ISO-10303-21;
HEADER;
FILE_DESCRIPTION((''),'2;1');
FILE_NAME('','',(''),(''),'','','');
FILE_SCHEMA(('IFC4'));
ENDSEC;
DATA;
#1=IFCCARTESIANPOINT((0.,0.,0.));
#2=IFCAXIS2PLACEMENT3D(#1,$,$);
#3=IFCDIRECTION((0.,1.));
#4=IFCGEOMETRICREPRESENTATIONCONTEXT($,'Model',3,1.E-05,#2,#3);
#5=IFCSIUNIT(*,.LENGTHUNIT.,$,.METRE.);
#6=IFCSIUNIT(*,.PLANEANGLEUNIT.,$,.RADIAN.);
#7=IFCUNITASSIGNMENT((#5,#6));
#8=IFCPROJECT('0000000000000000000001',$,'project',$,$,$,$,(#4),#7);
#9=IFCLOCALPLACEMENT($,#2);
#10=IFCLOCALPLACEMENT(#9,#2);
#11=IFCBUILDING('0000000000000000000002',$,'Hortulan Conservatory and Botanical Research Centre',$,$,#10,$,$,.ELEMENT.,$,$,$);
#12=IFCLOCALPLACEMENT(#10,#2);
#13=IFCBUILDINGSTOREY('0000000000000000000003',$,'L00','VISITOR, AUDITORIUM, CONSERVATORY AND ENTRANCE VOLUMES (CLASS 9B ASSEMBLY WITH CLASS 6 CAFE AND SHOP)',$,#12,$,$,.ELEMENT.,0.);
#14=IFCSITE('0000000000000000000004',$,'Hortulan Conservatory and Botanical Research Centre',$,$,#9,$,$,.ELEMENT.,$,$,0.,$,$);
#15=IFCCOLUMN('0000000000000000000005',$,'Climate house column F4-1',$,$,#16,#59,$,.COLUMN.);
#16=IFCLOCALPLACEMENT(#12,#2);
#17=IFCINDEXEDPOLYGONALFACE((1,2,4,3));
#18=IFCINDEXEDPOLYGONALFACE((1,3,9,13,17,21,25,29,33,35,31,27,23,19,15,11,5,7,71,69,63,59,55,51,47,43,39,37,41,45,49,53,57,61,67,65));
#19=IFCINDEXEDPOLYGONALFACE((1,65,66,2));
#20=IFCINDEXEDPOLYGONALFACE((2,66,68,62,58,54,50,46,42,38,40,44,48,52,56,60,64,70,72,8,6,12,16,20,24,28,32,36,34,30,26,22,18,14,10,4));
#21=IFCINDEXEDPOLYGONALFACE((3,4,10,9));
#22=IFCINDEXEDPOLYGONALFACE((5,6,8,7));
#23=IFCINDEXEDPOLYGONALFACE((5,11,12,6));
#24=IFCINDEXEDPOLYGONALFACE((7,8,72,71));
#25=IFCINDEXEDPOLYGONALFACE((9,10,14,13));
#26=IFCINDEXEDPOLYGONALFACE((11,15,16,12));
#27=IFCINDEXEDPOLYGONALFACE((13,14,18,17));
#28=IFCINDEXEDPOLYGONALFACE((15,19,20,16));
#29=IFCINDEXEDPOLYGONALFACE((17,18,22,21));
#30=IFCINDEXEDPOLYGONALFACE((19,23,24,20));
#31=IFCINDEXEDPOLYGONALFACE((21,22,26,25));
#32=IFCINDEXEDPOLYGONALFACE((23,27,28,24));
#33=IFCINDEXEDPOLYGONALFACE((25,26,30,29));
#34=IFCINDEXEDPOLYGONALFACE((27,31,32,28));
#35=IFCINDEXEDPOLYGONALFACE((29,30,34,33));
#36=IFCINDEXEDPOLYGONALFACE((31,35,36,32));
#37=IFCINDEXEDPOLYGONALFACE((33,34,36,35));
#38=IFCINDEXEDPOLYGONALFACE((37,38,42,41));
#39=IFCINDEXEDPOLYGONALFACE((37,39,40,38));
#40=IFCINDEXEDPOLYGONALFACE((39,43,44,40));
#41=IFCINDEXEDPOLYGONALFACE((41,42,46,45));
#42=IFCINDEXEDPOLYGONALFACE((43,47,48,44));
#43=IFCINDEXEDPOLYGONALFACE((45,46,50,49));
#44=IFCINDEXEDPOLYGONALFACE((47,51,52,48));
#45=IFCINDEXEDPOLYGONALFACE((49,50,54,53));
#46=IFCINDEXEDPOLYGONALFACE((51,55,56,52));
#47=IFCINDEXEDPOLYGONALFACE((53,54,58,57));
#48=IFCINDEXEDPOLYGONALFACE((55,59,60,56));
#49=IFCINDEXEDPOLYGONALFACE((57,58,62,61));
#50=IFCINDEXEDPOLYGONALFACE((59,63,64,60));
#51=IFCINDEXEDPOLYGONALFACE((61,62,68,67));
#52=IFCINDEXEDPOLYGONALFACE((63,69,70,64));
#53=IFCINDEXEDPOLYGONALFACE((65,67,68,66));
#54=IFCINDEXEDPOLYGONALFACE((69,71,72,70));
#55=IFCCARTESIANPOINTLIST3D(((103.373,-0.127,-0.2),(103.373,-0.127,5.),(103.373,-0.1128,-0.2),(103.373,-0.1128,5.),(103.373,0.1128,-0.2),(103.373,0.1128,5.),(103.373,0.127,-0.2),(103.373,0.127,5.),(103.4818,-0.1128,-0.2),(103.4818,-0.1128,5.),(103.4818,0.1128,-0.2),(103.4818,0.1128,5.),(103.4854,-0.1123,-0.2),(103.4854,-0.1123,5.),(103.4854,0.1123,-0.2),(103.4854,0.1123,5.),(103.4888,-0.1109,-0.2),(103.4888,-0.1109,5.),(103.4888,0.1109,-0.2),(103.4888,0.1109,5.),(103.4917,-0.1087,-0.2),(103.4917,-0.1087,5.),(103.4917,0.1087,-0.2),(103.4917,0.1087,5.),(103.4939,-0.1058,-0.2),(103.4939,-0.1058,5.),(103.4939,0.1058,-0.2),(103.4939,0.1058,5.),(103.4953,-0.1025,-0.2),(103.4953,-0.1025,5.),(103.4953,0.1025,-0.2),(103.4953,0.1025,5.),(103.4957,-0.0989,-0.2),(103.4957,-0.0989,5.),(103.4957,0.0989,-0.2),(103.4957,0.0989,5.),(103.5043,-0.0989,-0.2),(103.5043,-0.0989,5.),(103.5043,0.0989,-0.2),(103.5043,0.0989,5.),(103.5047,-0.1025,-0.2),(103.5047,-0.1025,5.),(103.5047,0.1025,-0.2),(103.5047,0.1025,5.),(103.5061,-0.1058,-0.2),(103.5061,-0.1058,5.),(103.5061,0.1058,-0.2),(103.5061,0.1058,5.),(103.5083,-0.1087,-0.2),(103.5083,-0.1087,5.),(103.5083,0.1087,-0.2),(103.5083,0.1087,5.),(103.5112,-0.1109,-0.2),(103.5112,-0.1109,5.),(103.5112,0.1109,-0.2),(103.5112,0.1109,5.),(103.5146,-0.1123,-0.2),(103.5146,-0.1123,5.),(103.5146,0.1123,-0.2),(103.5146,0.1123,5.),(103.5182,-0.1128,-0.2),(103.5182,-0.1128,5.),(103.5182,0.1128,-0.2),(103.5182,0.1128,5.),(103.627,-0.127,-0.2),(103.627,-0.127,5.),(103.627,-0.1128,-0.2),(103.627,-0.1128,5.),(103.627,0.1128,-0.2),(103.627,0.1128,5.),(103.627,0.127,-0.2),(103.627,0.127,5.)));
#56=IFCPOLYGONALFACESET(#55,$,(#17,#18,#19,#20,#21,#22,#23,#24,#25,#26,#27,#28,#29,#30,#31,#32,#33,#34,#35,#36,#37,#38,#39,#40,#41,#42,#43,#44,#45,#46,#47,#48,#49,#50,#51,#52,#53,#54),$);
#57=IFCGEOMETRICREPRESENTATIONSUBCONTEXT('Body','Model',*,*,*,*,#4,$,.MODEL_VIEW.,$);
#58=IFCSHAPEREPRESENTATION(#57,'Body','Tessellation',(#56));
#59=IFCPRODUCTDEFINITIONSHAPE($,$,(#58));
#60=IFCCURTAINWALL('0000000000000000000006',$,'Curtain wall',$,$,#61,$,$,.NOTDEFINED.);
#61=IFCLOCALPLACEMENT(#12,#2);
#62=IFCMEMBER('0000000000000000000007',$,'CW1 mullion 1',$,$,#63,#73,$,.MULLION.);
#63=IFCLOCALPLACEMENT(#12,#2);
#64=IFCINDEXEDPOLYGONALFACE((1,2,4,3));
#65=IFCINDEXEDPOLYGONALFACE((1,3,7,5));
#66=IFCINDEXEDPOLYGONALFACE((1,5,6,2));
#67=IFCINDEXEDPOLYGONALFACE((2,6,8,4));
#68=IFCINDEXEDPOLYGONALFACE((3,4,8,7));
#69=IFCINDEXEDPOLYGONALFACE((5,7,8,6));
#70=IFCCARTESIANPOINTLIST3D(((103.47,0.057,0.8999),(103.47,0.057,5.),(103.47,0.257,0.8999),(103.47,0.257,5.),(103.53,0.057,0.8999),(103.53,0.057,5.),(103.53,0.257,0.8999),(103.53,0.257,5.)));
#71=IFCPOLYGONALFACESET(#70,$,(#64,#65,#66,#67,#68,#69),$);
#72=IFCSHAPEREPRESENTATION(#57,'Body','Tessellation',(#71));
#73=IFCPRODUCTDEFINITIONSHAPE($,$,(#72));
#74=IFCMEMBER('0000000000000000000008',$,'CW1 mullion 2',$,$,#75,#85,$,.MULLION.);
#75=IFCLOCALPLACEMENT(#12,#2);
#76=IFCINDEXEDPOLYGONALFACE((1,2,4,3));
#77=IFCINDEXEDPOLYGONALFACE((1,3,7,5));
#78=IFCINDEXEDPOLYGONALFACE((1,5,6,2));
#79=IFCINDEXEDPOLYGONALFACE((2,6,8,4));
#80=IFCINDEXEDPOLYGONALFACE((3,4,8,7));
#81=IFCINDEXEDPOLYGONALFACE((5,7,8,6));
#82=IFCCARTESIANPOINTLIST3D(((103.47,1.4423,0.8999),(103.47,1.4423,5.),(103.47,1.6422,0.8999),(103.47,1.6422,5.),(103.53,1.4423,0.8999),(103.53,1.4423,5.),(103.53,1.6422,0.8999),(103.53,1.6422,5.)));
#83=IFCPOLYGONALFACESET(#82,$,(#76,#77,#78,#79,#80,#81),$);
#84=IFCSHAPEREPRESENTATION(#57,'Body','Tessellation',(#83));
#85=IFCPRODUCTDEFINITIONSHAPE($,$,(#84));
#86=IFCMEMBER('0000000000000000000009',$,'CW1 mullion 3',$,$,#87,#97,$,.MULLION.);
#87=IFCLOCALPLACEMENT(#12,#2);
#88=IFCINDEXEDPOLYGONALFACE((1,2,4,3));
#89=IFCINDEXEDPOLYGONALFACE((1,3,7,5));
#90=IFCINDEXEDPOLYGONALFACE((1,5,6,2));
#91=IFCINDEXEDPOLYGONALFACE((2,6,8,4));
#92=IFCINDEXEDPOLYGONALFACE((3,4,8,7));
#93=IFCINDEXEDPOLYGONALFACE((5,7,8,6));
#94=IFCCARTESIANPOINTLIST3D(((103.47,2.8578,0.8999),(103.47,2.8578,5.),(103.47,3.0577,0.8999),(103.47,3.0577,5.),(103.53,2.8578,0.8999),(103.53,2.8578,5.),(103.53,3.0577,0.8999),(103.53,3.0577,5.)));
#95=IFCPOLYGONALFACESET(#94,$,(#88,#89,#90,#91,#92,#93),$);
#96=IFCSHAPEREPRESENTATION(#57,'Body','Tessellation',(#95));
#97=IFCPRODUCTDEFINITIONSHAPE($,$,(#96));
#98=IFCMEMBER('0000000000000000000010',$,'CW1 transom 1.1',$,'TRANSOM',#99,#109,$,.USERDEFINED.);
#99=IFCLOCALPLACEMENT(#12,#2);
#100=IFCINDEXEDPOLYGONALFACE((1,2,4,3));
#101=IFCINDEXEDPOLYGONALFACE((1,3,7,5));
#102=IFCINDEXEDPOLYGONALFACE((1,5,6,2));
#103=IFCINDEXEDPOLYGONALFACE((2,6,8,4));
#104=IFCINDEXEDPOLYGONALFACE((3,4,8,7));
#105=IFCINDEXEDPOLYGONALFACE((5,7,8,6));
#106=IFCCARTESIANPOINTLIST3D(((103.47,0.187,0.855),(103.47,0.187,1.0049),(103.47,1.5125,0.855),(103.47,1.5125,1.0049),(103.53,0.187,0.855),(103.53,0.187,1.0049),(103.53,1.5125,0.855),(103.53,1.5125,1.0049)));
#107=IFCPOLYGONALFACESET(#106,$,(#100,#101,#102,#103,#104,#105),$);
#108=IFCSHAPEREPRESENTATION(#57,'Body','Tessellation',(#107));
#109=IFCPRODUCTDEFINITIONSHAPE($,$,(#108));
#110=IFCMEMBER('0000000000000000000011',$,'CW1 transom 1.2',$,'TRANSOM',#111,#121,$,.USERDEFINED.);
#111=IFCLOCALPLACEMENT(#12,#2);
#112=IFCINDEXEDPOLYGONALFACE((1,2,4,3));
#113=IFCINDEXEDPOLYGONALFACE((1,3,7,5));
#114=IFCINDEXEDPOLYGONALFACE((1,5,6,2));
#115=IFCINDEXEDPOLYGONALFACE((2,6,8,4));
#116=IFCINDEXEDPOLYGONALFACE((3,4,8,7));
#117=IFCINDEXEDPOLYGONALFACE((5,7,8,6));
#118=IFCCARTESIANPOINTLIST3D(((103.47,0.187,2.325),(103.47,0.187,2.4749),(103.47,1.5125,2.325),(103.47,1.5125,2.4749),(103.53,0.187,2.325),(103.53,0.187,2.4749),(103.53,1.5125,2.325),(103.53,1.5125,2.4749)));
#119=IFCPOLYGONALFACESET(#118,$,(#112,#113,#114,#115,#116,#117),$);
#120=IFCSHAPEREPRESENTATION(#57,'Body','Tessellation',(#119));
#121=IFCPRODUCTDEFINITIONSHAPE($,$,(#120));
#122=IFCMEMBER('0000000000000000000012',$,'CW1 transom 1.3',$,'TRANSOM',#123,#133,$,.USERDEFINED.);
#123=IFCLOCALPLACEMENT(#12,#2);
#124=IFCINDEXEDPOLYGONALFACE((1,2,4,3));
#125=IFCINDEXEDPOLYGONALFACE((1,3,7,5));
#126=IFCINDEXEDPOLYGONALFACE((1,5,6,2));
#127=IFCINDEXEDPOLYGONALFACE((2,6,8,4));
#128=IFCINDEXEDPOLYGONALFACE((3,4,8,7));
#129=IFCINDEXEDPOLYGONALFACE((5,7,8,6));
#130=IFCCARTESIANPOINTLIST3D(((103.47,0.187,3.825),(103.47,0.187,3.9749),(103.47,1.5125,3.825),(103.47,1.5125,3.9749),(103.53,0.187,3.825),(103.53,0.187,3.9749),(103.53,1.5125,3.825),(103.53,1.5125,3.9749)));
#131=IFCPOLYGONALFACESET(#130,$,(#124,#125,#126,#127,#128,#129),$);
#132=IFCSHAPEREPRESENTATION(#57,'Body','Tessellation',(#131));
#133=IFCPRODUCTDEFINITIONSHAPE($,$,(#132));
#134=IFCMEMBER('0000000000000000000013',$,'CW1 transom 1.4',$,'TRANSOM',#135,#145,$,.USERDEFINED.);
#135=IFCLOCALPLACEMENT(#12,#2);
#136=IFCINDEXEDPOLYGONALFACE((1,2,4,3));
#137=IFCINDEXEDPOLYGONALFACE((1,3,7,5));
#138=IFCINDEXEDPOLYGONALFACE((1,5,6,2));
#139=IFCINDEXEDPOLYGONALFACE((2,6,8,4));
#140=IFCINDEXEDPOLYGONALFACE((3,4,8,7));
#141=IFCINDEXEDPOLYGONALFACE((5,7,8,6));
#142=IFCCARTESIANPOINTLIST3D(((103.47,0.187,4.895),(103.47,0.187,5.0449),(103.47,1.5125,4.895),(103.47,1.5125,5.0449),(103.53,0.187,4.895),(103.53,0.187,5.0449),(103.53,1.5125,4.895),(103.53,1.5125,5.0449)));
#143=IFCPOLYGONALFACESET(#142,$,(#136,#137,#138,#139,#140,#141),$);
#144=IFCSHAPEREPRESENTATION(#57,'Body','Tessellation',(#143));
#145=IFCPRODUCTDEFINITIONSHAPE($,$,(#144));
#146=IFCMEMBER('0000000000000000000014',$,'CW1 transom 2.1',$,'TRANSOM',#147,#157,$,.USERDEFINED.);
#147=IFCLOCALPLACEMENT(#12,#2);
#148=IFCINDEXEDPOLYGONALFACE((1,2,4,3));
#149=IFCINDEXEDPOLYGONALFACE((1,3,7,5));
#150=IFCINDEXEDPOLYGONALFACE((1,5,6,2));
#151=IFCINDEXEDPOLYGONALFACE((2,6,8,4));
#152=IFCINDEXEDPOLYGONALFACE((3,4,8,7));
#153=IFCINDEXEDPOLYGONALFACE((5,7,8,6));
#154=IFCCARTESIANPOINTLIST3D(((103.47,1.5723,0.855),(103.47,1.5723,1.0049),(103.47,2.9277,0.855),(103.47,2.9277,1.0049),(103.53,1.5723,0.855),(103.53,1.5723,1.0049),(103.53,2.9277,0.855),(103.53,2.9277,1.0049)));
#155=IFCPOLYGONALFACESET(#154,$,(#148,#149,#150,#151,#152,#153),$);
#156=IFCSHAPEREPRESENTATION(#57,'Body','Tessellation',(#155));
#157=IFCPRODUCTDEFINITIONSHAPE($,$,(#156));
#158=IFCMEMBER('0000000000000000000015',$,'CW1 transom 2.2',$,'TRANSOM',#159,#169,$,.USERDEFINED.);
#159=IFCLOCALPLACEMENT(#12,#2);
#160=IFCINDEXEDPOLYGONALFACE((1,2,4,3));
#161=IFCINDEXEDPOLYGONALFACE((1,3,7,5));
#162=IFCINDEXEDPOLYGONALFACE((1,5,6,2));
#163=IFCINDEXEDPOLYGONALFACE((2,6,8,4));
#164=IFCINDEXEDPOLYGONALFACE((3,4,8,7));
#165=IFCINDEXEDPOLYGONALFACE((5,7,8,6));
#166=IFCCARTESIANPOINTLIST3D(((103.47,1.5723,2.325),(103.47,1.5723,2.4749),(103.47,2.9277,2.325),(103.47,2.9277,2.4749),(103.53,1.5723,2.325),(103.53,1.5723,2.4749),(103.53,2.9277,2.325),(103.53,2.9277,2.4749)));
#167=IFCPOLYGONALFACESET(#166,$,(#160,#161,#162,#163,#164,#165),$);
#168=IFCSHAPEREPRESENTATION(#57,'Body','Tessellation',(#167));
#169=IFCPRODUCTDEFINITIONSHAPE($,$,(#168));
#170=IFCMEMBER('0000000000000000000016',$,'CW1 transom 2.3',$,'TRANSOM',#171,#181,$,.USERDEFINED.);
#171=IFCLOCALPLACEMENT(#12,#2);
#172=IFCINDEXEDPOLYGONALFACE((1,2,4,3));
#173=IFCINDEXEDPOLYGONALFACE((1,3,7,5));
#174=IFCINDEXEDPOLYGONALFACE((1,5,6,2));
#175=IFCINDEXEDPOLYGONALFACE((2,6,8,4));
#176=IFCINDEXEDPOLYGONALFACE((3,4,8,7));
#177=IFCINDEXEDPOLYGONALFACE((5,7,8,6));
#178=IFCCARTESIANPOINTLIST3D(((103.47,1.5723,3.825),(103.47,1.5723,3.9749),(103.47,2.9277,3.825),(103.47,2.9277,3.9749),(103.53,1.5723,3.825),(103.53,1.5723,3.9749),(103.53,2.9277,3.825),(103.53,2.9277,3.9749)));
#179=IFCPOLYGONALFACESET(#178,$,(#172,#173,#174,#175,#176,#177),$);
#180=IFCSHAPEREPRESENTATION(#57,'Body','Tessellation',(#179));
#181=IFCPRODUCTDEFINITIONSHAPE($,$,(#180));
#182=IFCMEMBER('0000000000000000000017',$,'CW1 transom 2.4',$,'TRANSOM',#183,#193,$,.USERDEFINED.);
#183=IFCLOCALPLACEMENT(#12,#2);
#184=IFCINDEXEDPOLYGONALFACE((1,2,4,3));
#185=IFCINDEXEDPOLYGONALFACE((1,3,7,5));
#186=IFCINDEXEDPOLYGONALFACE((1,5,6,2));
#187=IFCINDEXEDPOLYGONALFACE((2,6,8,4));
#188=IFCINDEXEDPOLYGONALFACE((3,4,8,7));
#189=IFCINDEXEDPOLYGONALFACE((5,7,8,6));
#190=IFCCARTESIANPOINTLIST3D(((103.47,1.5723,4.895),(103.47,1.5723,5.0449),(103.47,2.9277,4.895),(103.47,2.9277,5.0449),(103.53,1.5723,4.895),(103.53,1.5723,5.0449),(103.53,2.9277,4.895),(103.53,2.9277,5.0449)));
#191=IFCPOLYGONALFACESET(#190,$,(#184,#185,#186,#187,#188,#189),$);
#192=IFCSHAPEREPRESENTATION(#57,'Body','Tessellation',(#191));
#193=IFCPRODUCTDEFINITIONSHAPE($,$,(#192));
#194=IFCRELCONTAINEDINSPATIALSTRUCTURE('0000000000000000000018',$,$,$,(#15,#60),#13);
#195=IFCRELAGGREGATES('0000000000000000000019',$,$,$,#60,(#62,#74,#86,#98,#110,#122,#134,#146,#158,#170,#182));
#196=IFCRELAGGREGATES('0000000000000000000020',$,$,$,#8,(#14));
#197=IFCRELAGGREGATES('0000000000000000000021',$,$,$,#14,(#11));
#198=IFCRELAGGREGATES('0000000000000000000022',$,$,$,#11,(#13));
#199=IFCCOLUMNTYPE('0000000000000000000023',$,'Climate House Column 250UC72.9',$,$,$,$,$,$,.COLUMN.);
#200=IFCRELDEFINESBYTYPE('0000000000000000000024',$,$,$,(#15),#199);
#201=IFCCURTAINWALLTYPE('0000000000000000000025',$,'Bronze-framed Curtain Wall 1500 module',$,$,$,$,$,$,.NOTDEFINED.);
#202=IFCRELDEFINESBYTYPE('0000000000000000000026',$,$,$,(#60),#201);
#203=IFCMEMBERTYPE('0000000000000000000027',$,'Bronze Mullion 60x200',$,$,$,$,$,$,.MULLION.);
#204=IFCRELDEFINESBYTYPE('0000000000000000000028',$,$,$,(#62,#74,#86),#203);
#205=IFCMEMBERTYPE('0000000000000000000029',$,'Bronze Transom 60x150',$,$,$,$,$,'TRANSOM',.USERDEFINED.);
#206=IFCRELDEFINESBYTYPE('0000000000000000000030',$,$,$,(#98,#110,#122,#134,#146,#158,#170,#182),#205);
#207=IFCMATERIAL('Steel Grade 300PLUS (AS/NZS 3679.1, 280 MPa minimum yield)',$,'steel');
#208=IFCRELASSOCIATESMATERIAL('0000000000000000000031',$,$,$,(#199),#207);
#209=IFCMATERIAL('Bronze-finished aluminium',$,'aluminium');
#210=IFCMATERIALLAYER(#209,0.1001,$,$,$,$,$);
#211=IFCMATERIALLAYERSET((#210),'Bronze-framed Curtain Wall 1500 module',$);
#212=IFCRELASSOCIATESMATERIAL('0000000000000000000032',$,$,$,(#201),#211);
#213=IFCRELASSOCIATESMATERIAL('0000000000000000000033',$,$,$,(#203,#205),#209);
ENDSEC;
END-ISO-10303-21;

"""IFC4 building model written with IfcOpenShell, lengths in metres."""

from ifc_helpers import new_model, si_unit, direction, frame, origin, origin_2d, place, context, subcontext, project, spatial, rectangle, i_section, extrude, material, layer, layer_set, material_profile, profile_set, type_object, element, aggregate, save


model = new_model("IFC4")

# Units and contexts
model_context = context("Model", 3, precision=1e-05, world=origin(), true_north=direction((0.0, 1.0)))
body_context = subcontext(model_context, "Body", "Model", "MODEL_VIEW")
ifc_project = project(units=[si_unit("LENGTHUNIT", "METRE"), si_unit("PLANEANGLEUNIT", "RADIAN")], contexts=[model_context])

# Site, building, storey
site_placement = place(None, origin())
site = spatial("IfcSite", under=ifc_project, at=site_placement, Name="Hortulan Conservatory and Botanical Research Centre", CompositionType="ELEMENT", RefElevation=0.0)
building_placement = place(site_placement, origin())
building = spatial("IfcBuilding", under=site, at=building_placement, Name="Hortulan Conservatory and Botanical Research Centre", CompositionType="ELEMENT")
storey_placement = place(building_placement, origin())
storey = spatial("IfcBuildingStorey", under=building, at=storey_placement, Name="L00", Description="VISITOR, AUDITORIUM, CONSERVATORY AND ENTRANCE VOLUMES (CLASS 9B ASSEMBLY WITH CLASS 6 CAFE AND SHOP)", CompositionType="ELEMENT", Elevation=0.0)

# Column
ifc_material_1 = material(Name="Steel Grade 300PLUS (AS/NZS 3679.1, 280 MPa minimum yield)", Category="steel")
ifc_material_profile_1 = material_profile(ifc_material_1, i_section(OverallWidth=0.2539, OverallDepth=0.2539, WebThickness=0.0085, FlangeThickness=0.0142, FilletRadius=0.0139, at=origin_2d()), Name="250UC72.9")
ifc_profile_set_1 = profile_set([ifc_material_profile_1], Name="Steel Grade 300PLUS (AS/NZS 3679.1, 280 MPa minimum yield)")
column_type = type_object("IfcColumnType", Name="Climate House Column 250UC72.9", PredefinedType="COLUMN", material=ifc_profile_set_1)
column_placement = place(storey_placement, frame((103.5, 0.0, -0.2), z_axis=(0.0, 0.0, 1.0), x_axis=(1.0, 0.0, 0.0)))
element("IfcColumn", 1, at=column_placement, inside=storey, type_object=column_type, Name="Climate house column F4-1", PredefinedType="COLUMN", context=body_context, shape_type="SweptSolid", body=[
    extrude(i_section(OverallWidth=0.2539, OverallDepth=0.2539, WebThickness=0.0085, FlangeThickness=0.0142, FilletRadius=0.0139, at=origin_2d()), origin(), (0.0, 0.0, 1.0), 5.2),
])

# Curtain wall, members
ifc_material_2 = material(Name="Bronze-finished aluminium", Category="aluminium")
ifc_layer_1 = layer(ifc_material_2, 0.1001)
ifc_layer_set_1 = layer_set([ifc_layer_1], Name="Bronze-framed Curtain Wall 1500 module")
curtain_wall_type = type_object("IfcCurtainWallType", Name="Bronze-framed Curtain Wall 1500 module", PredefinedType="NOTDEFINED", material=ifc_layer_set_1)
curtain_wall_placement = place(storey_placement, origin())
curtain_wall = element("IfcCurtainWall", 2, at=curtain_wall_placement, inside=storey, type_object=curtain_wall_type, Name="Curtain wall", PredefinedType="NOTDEFINED")
ifc_material_profile_2 = material_profile(ifc_material_2, rectangle(XDim=0.0601, YDim=0.2, at=origin_2d()), Name="Bronze Mullion 60x200")
ifc_profile_set_2 = profile_set([ifc_material_profile_2], Name="Bronze-finished aluminium")
member_type_1 = type_object("IfcMemberType", Name="Bronze Mullion 60x200", PredefinedType="MULLION", material=ifc_profile_set_2)
member_1_placement = place(storey_placement, frame((103.5, 0.157, 0.8999), z_axis=(0.0, 0.0, 1.0), x_axis=(-1.0, 0.0, 0.0)))
member_1 = element("IfcMember", 3, at=member_1_placement, type_object=member_type_1, Name="CW1 mullion 1", PredefinedType="MULLION", context=body_context, shape_type="SweptSolid", body=[
    extrude(rectangle(XDim=0.0601, YDim=0.2, at=origin_2d()), origin(), (0.0, 0.0, 1.0), 4.1001),
])
member_2_placement = place(storey_placement, frame((103.5, 1.5422, 0.8999), z_axis=(0.0, 0.0, 1.0), x_axis=(-1.0, 0.0, 0.0)))
member_2 = element("IfcMember", 4, at=member_2_placement, type_object=member_type_1, Name="CW1 mullion 2", PredefinedType="MULLION", context=body_context, shape_type="SweptSolid", body=[
    extrude(rectangle(XDim=0.0601, YDim=0.2, at=origin_2d()), origin(), (0.0, 0.0, 1.0), 4.1001),
])
member_3_placement = place(storey_placement, frame((103.5, 2.9578, 0.8999), z_axis=(0.0, 0.0, 1.0), x_axis=(-1.0, 0.0, 0.0)))
member_3 = element("IfcMember", 5, at=member_3_placement, type_object=member_type_1, Name="CW1 mullion 3", PredefinedType="MULLION", context=body_context, shape_type="SweptSolid", body=[
    extrude(rectangle(XDim=0.0601, YDim=0.2, at=origin_2d()), origin(), (0.0, 0.0, 1.0), 4.1001),
])
ifc_material_profile_3 = material_profile(ifc_material_2, rectangle(XDim=0.0601, YDim=0.1499, at=origin_2d()), Name="Bronze Transom 60x150")
ifc_profile_set_3 = profile_set([ifc_material_profile_3], Name="Bronze-finished aluminium")
member_type_2 = type_object("IfcMemberType", Name="Bronze Transom 60x150", ElementType="TRANSOM", PredefinedType="USERDEFINED", material=ifc_profile_set_3)
member_4_placement = place(storey_placement, frame((103.5, 0.187, 0.9299), z_axis=(0.0, 1.0, 0.0), x_axis=(-1.0, 0.0, 0.0)))
member_4 = element("IfcMember", 6, at=member_4_placement, type_object=member_type_2, Name="CW1 transom 1.1", ObjectType="TRANSOM", PredefinedType="USERDEFINED", context=body_context, shape_type="SweptSolid", body=[
    extrude(rectangle(XDim=0.0601, YDim=0.1499, at=origin_2d()), origin(), (0.0, 0.0, 1.0), 1.3254),
])
member_5_placement = place(storey_placement, frame((103.5, 0.187, 2.3999), z_axis=(0.0, 1.0, 0.0), x_axis=(-1.0, 0.0, 0.0)))
member_5 = element("IfcMember", 7, at=member_5_placement, type_object=member_type_2, Name="CW1 transom 1.2", ObjectType="TRANSOM", PredefinedType="USERDEFINED", context=body_context, shape_type="SweptSolid", body=[
    extrude(rectangle(XDim=0.0601, YDim=0.1499, at=origin_2d()), origin(), (0.0, 0.0, 1.0), 1.3254),
])
member_6_placement = place(storey_placement, frame((103.5, 0.187, 3.8999), z_axis=(0.0, 1.0, 0.0), x_axis=(-1.0, 0.0, 0.0)))
member_6 = element("IfcMember", 8, at=member_6_placement, type_object=member_type_2, Name="CW1 transom 1.3", ObjectType="TRANSOM", PredefinedType="USERDEFINED", context=body_context, shape_type="SweptSolid", body=[
    extrude(rectangle(XDim=0.0601, YDim=0.1499, at=origin_2d()), origin(), (0.0, 0.0, 1.0), 1.3254),
])
member_7_placement = place(storey_placement, frame((103.5, 0.187, 4.97), z_axis=(0.0, 1.0, 0.0), x_axis=(-1.0, 0.0, 0.0)))
member_7 = element("IfcMember", 9, at=member_7_placement, type_object=member_type_2, Name="CW1 transom 1.4", ObjectType="TRANSOM", PredefinedType="USERDEFINED", context=body_context, shape_type="SweptSolid", body=[
    extrude(rectangle(XDim=0.0601, YDim=0.1499, at=origin_2d()), origin(), (0.0, 0.0, 1.0), 1.3254),
])
member_8_placement = place(storey_placement, frame((103.5, 1.5723, 0.9299), z_axis=(0.0, 1.0, 0.0), x_axis=(-1.0, 0.0, 0.0)))
member_8 = element("IfcMember", 10, at=member_8_placement, type_object=member_type_2, Name="CW1 transom 2.1", ObjectType="TRANSOM", PredefinedType="USERDEFINED", context=body_context, shape_type="SweptSolid", body=[
    extrude(rectangle(XDim=0.0601, YDim=0.1499, at=origin_2d()), origin(), (0.0, 0.0, 1.0), 1.3555),
])
member_9_placement = place(storey_placement, frame((103.5, 1.5723, 2.3999), z_axis=(0.0, 1.0, 0.0), x_axis=(-1.0, 0.0, 0.0)))
member_9 = element("IfcMember", 11, at=member_9_placement, type_object=member_type_2, Name="CW1 transom 2.2", ObjectType="TRANSOM", PredefinedType="USERDEFINED", context=body_context, shape_type="SweptSolid", body=[
    extrude(rectangle(XDim=0.0601, YDim=0.1499, at=origin_2d()), origin(), (0.0, 0.0, 1.0), 1.3555),
])
member_10_placement = place(storey_placement, frame((103.5, 1.5723, 3.8999), z_axis=(0.0, 1.0, 0.0), x_axis=(-1.0, 0.0, 0.0)))
member_10 = element("IfcMember", 12, at=member_10_placement, type_object=member_type_2, Name="CW1 transom 2.3", ObjectType="TRANSOM", PredefinedType="USERDEFINED", context=body_context, shape_type="SweptSolid", body=[
    extrude(rectangle(XDim=0.0601, YDim=0.1499, at=origin_2d()), origin(), (0.0, 0.0, 1.0), 1.3555),
])
member_11_placement = place(storey_placement, frame((103.5, 1.5723, 4.97), z_axis=(0.0, 1.0, 0.0), x_axis=(-1.0, 0.0, 0.0)))
member_11 = element("IfcMember", 13, at=member_11_placement, type_object=member_type_2, Name="CW1 transom 2.4", ObjectType="TRANSOM", PredefinedType="USERDEFINED", context=body_context, shape_type="SweptSolid", body=[
    extrude(rectangle(XDim=0.0601, YDim=0.1499, at=origin_2d()), origin(), (0.0, 0.0, 1.0), 1.3555),
])

aggregate(curtain_wall, [member_1, member_2, member_3, member_4, member_5, member_6, member_7, member_8, member_9, member_10, member_11])

save(model, "model.ifc")
